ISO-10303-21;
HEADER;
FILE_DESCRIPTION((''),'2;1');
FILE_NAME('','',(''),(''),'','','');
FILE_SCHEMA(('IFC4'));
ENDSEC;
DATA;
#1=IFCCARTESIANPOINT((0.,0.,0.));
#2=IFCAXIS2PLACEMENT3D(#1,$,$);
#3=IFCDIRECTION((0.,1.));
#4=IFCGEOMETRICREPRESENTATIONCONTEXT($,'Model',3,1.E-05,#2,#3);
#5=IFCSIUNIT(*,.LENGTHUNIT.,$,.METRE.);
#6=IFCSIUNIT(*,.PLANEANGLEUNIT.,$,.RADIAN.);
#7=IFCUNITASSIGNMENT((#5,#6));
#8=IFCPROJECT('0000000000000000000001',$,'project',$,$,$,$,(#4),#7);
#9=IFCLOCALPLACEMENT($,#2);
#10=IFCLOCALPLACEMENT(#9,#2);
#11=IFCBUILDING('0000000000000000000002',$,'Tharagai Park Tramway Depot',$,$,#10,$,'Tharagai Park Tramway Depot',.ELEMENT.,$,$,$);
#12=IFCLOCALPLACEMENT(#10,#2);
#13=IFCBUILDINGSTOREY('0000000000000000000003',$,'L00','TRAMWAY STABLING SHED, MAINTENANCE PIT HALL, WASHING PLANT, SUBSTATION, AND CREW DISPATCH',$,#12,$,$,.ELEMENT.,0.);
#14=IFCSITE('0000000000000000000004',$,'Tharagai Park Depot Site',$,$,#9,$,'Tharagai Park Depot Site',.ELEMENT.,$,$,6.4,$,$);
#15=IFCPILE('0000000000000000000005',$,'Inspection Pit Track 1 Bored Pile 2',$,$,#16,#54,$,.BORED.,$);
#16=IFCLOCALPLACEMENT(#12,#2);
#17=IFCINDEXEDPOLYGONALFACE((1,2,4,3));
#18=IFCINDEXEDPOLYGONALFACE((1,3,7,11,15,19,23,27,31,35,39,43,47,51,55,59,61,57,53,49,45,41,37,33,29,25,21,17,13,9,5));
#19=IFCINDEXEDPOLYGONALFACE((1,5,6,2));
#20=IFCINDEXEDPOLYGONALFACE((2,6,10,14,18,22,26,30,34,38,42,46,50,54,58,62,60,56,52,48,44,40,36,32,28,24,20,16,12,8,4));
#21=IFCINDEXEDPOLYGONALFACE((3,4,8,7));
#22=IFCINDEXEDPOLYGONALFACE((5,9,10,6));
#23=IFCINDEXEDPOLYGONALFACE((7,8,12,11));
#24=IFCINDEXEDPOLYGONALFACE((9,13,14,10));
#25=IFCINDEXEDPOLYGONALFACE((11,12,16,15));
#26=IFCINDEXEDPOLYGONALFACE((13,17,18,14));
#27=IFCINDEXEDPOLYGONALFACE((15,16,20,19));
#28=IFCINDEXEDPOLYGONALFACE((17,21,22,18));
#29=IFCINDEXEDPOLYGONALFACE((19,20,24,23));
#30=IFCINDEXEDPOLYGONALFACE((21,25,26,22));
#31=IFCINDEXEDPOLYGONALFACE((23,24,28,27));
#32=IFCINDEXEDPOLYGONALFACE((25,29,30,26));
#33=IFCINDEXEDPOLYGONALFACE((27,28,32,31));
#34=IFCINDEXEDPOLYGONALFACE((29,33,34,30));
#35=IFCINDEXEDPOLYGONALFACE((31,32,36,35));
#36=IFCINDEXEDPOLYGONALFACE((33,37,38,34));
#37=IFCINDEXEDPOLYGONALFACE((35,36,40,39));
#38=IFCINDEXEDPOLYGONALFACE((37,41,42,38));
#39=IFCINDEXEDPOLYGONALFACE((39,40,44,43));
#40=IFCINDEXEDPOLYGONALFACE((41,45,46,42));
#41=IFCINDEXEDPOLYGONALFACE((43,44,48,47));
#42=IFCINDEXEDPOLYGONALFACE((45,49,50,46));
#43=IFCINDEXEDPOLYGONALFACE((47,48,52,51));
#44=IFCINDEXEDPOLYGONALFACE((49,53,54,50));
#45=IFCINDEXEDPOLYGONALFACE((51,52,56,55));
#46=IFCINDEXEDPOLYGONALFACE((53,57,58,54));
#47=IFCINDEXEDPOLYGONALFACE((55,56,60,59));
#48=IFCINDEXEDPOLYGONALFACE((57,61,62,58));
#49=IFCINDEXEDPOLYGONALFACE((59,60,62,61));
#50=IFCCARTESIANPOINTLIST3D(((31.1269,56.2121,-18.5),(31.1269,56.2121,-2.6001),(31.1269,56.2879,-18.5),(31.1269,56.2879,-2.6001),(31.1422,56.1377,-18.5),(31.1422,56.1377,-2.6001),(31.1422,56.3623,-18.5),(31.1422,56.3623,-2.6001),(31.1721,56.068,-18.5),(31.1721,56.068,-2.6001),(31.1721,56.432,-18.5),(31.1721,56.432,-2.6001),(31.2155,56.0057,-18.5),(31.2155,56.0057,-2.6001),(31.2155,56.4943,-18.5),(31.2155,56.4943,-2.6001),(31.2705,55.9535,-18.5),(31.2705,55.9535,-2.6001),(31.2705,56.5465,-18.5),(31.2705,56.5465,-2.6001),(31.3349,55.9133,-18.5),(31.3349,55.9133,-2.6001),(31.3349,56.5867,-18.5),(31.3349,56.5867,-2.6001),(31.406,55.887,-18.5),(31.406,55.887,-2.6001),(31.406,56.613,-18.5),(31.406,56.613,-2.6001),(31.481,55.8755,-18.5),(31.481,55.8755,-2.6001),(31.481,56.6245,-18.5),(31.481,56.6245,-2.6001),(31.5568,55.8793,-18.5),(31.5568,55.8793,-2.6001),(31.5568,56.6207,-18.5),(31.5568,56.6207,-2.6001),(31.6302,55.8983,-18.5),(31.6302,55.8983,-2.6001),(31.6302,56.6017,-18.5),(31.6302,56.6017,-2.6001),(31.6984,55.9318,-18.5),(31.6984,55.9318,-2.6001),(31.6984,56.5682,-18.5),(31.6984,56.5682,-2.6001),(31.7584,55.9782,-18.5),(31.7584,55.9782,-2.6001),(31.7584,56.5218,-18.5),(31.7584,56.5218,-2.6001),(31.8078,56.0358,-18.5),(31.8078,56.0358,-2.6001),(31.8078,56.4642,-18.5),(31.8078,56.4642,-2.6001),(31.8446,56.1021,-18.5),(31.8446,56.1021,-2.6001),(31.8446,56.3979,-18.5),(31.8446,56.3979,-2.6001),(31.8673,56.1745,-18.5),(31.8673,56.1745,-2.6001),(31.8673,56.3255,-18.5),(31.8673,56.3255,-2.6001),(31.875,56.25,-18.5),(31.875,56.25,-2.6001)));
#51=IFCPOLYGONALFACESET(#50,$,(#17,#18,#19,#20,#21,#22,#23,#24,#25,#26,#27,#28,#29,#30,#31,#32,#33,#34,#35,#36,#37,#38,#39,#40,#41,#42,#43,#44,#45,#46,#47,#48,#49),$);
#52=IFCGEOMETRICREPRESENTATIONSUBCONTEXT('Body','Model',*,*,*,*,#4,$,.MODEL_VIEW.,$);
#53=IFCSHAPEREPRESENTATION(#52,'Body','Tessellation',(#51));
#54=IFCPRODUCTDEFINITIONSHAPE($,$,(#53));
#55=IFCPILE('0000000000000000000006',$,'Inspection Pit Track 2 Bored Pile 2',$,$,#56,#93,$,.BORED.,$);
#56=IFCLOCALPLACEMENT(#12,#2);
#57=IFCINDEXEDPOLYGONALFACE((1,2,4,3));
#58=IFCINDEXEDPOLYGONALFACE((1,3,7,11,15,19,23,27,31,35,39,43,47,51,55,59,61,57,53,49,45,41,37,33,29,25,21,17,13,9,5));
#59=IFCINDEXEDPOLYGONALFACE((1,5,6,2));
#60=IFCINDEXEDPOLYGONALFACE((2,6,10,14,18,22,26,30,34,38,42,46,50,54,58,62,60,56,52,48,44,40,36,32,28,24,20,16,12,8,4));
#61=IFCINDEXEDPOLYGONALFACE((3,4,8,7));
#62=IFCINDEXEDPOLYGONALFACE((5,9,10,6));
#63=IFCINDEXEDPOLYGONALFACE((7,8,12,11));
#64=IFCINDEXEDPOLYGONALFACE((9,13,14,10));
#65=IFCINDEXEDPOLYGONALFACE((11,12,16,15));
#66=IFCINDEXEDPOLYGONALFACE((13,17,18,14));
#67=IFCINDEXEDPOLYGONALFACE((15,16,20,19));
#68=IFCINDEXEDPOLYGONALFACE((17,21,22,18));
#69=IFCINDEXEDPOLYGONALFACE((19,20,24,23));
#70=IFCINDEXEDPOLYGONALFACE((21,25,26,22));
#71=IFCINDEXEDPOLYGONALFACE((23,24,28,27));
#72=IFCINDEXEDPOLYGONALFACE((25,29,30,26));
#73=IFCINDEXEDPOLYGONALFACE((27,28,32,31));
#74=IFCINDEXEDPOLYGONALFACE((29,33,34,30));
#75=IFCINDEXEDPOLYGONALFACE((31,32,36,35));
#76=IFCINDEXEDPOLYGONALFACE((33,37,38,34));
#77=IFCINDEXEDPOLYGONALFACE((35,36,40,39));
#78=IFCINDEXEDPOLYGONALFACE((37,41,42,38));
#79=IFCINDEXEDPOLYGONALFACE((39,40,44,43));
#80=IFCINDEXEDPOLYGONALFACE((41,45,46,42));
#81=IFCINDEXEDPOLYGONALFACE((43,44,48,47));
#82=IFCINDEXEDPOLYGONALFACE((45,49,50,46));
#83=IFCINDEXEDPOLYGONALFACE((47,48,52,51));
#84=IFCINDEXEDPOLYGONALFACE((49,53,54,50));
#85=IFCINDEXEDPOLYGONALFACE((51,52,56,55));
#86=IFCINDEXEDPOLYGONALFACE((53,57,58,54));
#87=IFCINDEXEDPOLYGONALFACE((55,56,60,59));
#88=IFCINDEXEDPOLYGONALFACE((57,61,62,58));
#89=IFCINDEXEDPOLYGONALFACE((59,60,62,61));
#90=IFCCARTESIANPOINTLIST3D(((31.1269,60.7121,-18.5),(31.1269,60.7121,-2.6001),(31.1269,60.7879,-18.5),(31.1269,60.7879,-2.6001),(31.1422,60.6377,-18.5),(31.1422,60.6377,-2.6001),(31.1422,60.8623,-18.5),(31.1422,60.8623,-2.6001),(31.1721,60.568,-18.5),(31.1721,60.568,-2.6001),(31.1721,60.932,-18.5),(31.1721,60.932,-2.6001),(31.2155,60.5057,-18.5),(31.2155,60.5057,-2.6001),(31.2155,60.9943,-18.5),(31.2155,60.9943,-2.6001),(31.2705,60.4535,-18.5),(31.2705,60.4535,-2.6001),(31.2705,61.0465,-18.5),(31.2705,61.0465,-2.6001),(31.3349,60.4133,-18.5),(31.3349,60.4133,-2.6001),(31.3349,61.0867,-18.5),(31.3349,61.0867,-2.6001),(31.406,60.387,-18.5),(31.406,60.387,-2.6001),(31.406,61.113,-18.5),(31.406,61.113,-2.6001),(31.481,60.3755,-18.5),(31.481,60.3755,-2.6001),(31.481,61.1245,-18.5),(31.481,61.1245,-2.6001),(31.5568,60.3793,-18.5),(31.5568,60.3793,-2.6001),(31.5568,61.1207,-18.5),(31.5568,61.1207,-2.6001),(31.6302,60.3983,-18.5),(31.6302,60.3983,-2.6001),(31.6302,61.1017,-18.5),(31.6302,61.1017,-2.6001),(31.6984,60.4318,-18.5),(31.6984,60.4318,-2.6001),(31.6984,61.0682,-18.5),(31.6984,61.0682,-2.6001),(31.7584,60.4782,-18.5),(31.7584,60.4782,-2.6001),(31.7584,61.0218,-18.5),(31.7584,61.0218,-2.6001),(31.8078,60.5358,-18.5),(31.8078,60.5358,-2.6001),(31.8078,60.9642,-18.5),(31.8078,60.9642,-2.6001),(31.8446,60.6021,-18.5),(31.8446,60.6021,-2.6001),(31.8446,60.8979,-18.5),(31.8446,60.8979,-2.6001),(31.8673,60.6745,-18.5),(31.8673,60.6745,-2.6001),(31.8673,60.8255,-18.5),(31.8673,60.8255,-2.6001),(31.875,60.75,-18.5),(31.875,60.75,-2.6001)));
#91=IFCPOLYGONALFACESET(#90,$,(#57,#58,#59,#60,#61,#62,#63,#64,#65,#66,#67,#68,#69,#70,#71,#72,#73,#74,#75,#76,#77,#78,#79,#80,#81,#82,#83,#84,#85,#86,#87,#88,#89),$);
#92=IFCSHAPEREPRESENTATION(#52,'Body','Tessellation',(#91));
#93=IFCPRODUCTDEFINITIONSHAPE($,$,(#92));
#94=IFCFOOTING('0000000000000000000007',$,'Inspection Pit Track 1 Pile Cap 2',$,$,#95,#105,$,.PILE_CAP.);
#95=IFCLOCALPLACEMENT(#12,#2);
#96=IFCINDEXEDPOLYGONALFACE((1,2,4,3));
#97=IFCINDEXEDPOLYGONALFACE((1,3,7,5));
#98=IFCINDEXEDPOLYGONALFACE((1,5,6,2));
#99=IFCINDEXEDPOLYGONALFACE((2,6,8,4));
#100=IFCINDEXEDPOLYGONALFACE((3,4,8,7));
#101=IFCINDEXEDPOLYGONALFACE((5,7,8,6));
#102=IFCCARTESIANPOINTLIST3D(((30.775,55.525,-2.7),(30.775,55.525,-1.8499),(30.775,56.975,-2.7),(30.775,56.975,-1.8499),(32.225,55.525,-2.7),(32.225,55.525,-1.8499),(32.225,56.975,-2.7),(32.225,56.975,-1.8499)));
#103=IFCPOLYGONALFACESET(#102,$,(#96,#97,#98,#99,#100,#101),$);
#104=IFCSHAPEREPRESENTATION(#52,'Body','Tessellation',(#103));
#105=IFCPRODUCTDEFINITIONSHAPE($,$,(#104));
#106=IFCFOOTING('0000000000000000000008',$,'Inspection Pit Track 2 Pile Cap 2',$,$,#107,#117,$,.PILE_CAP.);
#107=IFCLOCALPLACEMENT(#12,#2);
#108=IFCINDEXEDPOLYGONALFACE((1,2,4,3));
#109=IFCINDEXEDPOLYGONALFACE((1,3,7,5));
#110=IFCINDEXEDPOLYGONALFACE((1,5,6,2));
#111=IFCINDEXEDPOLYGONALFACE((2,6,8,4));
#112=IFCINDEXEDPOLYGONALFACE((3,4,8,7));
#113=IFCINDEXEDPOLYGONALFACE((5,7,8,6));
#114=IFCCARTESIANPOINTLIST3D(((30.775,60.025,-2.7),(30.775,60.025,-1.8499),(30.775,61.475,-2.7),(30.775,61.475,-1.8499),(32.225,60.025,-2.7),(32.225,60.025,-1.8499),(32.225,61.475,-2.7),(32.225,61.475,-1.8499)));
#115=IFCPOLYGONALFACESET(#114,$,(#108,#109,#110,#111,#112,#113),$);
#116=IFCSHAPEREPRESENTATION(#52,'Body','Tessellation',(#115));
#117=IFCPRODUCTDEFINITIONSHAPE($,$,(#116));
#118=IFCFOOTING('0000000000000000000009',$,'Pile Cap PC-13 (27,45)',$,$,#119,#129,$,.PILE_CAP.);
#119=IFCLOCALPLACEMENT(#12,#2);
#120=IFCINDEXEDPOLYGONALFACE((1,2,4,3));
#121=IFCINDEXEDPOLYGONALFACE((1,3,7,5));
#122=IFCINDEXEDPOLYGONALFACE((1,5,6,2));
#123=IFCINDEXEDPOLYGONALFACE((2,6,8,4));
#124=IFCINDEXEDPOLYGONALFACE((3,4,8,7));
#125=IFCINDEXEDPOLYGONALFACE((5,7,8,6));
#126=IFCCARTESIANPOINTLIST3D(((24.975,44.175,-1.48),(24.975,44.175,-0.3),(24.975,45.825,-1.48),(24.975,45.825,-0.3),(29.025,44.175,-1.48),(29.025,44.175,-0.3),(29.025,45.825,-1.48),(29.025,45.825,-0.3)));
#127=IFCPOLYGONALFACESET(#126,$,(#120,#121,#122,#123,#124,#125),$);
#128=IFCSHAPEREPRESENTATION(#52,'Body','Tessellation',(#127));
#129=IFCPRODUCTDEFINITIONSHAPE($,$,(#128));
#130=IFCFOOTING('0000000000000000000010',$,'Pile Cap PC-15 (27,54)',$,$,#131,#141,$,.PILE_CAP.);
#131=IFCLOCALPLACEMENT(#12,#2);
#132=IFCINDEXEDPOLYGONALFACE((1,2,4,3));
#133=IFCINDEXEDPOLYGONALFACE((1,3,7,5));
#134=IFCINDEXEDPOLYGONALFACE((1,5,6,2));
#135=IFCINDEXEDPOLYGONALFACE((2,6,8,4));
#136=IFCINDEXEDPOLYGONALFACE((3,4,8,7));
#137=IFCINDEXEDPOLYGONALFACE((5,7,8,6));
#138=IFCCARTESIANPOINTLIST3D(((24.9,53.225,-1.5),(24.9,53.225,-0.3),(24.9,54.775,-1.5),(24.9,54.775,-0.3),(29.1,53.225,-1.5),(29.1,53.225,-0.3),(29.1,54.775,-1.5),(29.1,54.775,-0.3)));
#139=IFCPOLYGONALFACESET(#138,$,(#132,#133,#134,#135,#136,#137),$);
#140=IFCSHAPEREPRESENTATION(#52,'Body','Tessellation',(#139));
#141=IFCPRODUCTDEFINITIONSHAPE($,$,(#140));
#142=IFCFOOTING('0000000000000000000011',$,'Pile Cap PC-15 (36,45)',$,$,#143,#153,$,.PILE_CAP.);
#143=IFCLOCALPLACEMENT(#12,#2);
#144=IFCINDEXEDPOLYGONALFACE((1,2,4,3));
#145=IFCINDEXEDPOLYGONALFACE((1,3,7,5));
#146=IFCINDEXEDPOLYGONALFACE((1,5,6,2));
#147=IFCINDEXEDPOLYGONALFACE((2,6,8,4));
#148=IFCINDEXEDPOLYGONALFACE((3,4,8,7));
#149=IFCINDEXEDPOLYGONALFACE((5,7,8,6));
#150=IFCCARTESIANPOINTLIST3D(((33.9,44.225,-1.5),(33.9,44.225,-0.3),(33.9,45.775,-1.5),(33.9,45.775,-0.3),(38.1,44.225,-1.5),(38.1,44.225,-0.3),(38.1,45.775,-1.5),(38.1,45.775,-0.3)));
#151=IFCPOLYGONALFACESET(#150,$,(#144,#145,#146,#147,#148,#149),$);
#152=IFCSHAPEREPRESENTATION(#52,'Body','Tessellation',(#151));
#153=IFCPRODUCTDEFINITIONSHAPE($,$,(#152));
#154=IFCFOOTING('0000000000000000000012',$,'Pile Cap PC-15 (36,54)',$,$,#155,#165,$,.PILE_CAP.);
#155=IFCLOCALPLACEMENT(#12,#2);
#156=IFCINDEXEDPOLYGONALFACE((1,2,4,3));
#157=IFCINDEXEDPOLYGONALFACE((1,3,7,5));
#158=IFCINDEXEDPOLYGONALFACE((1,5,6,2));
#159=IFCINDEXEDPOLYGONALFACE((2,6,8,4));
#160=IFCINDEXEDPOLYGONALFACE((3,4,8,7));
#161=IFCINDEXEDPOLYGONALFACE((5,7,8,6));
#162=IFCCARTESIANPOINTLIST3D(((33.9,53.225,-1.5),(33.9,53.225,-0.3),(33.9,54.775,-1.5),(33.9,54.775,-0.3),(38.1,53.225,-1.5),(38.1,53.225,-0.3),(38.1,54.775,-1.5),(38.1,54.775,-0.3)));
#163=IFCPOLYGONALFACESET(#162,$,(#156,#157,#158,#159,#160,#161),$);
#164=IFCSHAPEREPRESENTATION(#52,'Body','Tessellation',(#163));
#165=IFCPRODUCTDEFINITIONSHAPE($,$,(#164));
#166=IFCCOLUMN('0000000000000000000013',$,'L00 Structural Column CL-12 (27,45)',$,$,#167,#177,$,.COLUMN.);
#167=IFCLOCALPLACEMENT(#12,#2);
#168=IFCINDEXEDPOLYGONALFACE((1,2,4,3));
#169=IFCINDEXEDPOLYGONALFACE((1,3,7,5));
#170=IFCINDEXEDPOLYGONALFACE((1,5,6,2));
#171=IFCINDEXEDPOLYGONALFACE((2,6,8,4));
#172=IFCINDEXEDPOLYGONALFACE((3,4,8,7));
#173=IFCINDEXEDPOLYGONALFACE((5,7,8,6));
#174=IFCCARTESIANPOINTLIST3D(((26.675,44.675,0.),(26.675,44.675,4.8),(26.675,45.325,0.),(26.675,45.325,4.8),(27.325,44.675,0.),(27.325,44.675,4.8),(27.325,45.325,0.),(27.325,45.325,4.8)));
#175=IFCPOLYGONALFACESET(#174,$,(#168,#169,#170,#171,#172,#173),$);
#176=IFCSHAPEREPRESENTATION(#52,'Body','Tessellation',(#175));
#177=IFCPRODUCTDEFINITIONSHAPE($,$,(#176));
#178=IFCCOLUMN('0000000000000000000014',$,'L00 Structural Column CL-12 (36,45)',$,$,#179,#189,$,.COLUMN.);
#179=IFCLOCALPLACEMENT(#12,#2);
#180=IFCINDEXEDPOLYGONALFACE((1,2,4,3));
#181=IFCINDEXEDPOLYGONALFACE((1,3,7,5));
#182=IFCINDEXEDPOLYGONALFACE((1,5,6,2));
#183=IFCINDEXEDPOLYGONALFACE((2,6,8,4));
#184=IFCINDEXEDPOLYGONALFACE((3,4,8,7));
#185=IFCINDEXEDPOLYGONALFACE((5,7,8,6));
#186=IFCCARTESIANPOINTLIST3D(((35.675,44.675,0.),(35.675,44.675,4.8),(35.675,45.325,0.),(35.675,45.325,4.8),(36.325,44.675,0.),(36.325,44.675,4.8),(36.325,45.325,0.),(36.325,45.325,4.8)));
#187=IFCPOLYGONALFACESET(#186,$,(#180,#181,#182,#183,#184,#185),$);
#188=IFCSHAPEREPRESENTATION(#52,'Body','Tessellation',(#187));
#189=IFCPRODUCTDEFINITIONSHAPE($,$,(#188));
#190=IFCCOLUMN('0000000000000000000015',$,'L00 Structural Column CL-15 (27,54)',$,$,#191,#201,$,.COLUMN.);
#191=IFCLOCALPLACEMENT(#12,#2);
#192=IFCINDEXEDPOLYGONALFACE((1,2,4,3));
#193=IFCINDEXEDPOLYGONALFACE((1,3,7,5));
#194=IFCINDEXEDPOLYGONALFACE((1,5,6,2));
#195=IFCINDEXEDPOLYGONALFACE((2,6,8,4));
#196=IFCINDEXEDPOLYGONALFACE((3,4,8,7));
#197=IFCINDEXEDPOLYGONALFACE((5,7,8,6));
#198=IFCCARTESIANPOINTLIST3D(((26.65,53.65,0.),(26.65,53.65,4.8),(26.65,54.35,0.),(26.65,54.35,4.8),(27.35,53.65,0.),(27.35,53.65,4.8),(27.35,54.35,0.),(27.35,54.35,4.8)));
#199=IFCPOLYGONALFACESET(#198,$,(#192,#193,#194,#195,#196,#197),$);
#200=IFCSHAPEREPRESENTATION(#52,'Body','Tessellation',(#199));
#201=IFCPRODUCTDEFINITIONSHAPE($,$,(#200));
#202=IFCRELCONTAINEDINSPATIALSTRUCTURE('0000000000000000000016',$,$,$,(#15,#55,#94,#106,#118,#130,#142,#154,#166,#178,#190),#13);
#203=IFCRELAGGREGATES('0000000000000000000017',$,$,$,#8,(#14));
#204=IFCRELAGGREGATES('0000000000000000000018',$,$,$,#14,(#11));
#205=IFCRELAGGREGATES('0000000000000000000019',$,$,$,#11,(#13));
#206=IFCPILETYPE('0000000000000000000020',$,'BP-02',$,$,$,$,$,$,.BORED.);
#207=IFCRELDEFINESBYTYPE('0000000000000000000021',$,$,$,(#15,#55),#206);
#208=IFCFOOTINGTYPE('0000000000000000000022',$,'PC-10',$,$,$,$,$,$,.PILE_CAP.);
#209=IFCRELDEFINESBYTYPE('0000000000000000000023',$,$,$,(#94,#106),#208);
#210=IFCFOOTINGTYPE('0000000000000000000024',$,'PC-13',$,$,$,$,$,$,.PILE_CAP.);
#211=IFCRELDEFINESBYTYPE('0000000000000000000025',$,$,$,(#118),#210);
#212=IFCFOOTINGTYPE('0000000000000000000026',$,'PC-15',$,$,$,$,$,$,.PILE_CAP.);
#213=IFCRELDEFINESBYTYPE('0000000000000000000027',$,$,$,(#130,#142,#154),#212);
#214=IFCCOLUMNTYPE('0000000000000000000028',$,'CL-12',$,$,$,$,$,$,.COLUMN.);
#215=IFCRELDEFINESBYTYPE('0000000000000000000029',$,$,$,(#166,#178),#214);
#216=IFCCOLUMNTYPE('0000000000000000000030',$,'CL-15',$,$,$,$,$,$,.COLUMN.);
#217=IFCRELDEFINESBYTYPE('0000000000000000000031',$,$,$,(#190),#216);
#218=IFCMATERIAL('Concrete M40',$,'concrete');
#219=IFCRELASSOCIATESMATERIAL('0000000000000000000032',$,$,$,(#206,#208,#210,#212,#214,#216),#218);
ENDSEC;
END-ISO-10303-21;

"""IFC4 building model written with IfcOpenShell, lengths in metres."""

from ifc_helpers import new_model, si_unit, direction, frame, origin, origin_2d, place, context, subcontext, project, spatial, rectangle, circle, extrude, material, material_profile, profile_set, type_object, element, save


model = new_model("IFC4")

# Units and contexts
model_context = context("Model", 3, precision=1e-05, world=origin(), true_north=direction((0.0, 1.0)))
body_context = subcontext(model_context, "Body", "Model", "MODEL_VIEW")
ifc_project = project(units=[si_unit("LENGTHUNIT", "METRE"), si_unit("PLANEANGLEUNIT", "RADIAN")], contexts=[model_context])

# Site, building, storey
site_placement = place(None, origin())
site = spatial("IfcSite", under=ifc_project, at=site_placement, Name="Tharagai Park Depot Site", LongName="Tharagai Park Depot Site", CompositionType="ELEMENT", RefElevation=6.4)
building_placement = place(site_placement, origin())
building = spatial("IfcBuilding", under=site, at=building_placement, Name="Tharagai Park Tramway Depot", LongName="Tharagai Park Tramway Depot", CompositionType="ELEMENT")
storey_placement = place(building_placement, origin())
storey = spatial("IfcBuildingStorey", under=building, at=storey_placement, Name="L00", Description="TRAMWAY STABLING SHED, MAINTENANCE PIT HALL, WASHING PLANT, SUBSTATION, AND CREW DISPATCH", CompositionType="ELEMENT", Elevation=0.0)

# Piles
ifc_material_1 = material(Name="Concrete M40", Category="concrete")
ifc_material_profile_1 = material_profile(ifc_material_1, circle(Radius=0.375, at=origin_2d()), Name="PILE D750")
ifc_profile_set_1 = profile_set([ifc_material_profile_1], Name="Concrete M40")
pile_type_1 = type_object("IfcPileType", Name="BP-02", PredefinedType="BORED", material=ifc_profile_set_1)
for number, where, z_axis, x_axis, name in (
    (1, (31.5, 56.25, -2.6001), (0.0, 0.0, -1.0), (1.0, 0.0, 0.0), "Inspection Pit Track 1 Bored Pile 2"),
    (2, (31.5, 60.75, -2.6001), (0.0, 0.0, -1.0), (1.0, 0.0, 0.0), "Inspection Pit Track 2 Bored Pile 2"),
):
    element("IfcPile", number, at=place(storey_placement, frame(where, z_axis=z_axis, x_axis=x_axis)), inside=storey, type_object=pile_type_1, Name=name, PredefinedType="BORED", context=body_context, shape_type="SweptSolid", body=[
        extrude(circle(Radius=0.375, at=origin_2d()), origin(), (0.0, 0.0, 1.0), 15.8999),
    ])

# Footings
footing_type_1 = type_object("IfcFootingType", Name="PC-10", PredefinedType="PILE_CAP", material=ifc_material_1)
for number, where, z_axis, x_axis, name in (
    (3, (31.5, 56.25, -2.7), (0.0, 0.0, 1.0), (1.0, 0.0, 0.0), "Inspection Pit Track 1 Pile Cap 2"),
    (4, (31.5, 60.75, -2.7), (0.0, 0.0, 1.0), (1.0, 0.0, 0.0), "Inspection Pit Track 2 Pile Cap 2"),
):
    element("IfcFooting", number, at=place(storey_placement, frame(where, z_axis=z_axis, x_axis=x_axis)), inside=storey, type_object=footing_type_1, Name=name, PredefinedType="PILE_CAP", context=body_context, shape_type="SweptSolid", body=[
        extrude(rectangle(XDim=1.45, YDim=1.45, at=origin_2d()), origin(), (0.0, 0.0, 1.0), 0.8501),
    ])
footing_type_2 = type_object("IfcFootingType", Name="PC-13", PredefinedType="PILE_CAP", material=ifc_material_1)
footing_placement = place(storey_placement, frame((27.0, 45.0, -1.48), z_axis=(0.0, 0.0, 1.0), x_axis=(1.0, 0.0, 0.0)))
element("IfcFooting", 5, at=footing_placement, inside=storey, type_object=footing_type_2, Name="Pile Cap PC-13 (27,45)", PredefinedType="PILE_CAP", context=body_context, shape_type="SweptSolid", body=[
    extrude(rectangle(XDim=4.05, YDim=1.6499, at=origin_2d()), origin(), (0.0, 0.0, 1.0), 1.1799),
])
footing_type_3 = type_object("IfcFootingType", Name="PC-15", PredefinedType="PILE_CAP", material=ifc_material_1)
for number, where, z_axis, x_axis, name in (
    (6, (27.0, 54.0, -1.5), (0.0, 0.0, 1.0), (1.0, 0.0, 0.0), "Pile Cap PC-15 (27,54)"),
    (7, (36.0, 45.0, -1.5), (0.0, 0.0, 1.0), (1.0, 0.0, 0.0), "Pile Cap PC-15 (36,45)"),
    (8, (36.0, 54.0, -1.5), (0.0, 0.0, 1.0), (1.0, 0.0, 0.0), "Pile Cap PC-15 (36,54)"),
):
    element("IfcFooting", number, at=place(storey_placement, frame(where, z_axis=z_axis, x_axis=x_axis)), inside=storey, type_object=footing_type_3, Name=name, PredefinedType="PILE_CAP", context=body_context, shape_type="SweptSolid", body=[
        extrude(rectangle(XDim=4.2, YDim=1.55, at=origin_2d()), origin(), (0.0, 0.0, 1.0), 1.2),
    ])

# Columns
ifc_material_profile_2 = material_profile(ifc_material_1, rectangle(XDim=0.6499, YDim=0.6499, at=origin_2d()), Name="RC 650x650")
ifc_profile_set_2 = profile_set([ifc_material_profile_2], Name="Concrete M40")
column_type_1 = type_object("IfcColumnType", Name="CL-12", PredefinedType="COLUMN", material=ifc_profile_set_2)
for number, where, z_axis, x_axis, name in (
    (9, (27.0, 45.0, 0.0), (0.0, 0.0, 1.0), (1.0, 0.0, 0.0), "L00 Structural Column CL-12 (27,45)"),
    (10, (36.0, 45.0, 0.0), (0.0, 0.0, 1.0), (1.0, 0.0, 0.0), "L00 Structural Column CL-12 (36,45)"),
):
    element("IfcColumn", number, at=place(storey_placement, frame(where, z_axis=z_axis, x_axis=x_axis)), inside=storey, type_object=column_type_1, Name=name, PredefinedType="COLUMN", context=body_context, shape_type="SweptSolid", body=[
        extrude(rectangle(XDim=0.6499, YDim=0.6499, at=origin_2d()), origin(), (0.0, 0.0, 1.0), 4.8),
    ])
ifc_material_profile_3 = material_profile(ifc_material_1, rectangle(XDim=0.7, YDim=0.7, at=origin_2d()), Name="RC 700x700")
ifc_profile_set_3 = profile_set([ifc_material_profile_3], Name="Concrete M40")
column_type_2 = type_object("IfcColumnType", Name="CL-15", PredefinedType="COLUMN", material=ifc_profile_set_3)
for number, where, z_axis, x_axis, name in (
    (11, (27.0, 54.0, 0.0), (0.0, 0.0, 1.0), (1.0, 0.0, 0.0), "L00 Structural Column CL-15 (27,54)"),
):
    element("IfcColumn", number, at=place(storey_placement, frame(where, z_axis=z_axis, x_axis=x_axis)), inside=storey, type_object=column_type_2, Name=name, PredefinedType="COLUMN", context=body_context, shape_type="SweptSolid", body=[
        extrude(rectangle(XDim=0.7, YDim=0.7, at=origin_2d()), origin(), (0.0, 0.0, 1.0), 4.8),
    ])

save(model, "model.ifc")
